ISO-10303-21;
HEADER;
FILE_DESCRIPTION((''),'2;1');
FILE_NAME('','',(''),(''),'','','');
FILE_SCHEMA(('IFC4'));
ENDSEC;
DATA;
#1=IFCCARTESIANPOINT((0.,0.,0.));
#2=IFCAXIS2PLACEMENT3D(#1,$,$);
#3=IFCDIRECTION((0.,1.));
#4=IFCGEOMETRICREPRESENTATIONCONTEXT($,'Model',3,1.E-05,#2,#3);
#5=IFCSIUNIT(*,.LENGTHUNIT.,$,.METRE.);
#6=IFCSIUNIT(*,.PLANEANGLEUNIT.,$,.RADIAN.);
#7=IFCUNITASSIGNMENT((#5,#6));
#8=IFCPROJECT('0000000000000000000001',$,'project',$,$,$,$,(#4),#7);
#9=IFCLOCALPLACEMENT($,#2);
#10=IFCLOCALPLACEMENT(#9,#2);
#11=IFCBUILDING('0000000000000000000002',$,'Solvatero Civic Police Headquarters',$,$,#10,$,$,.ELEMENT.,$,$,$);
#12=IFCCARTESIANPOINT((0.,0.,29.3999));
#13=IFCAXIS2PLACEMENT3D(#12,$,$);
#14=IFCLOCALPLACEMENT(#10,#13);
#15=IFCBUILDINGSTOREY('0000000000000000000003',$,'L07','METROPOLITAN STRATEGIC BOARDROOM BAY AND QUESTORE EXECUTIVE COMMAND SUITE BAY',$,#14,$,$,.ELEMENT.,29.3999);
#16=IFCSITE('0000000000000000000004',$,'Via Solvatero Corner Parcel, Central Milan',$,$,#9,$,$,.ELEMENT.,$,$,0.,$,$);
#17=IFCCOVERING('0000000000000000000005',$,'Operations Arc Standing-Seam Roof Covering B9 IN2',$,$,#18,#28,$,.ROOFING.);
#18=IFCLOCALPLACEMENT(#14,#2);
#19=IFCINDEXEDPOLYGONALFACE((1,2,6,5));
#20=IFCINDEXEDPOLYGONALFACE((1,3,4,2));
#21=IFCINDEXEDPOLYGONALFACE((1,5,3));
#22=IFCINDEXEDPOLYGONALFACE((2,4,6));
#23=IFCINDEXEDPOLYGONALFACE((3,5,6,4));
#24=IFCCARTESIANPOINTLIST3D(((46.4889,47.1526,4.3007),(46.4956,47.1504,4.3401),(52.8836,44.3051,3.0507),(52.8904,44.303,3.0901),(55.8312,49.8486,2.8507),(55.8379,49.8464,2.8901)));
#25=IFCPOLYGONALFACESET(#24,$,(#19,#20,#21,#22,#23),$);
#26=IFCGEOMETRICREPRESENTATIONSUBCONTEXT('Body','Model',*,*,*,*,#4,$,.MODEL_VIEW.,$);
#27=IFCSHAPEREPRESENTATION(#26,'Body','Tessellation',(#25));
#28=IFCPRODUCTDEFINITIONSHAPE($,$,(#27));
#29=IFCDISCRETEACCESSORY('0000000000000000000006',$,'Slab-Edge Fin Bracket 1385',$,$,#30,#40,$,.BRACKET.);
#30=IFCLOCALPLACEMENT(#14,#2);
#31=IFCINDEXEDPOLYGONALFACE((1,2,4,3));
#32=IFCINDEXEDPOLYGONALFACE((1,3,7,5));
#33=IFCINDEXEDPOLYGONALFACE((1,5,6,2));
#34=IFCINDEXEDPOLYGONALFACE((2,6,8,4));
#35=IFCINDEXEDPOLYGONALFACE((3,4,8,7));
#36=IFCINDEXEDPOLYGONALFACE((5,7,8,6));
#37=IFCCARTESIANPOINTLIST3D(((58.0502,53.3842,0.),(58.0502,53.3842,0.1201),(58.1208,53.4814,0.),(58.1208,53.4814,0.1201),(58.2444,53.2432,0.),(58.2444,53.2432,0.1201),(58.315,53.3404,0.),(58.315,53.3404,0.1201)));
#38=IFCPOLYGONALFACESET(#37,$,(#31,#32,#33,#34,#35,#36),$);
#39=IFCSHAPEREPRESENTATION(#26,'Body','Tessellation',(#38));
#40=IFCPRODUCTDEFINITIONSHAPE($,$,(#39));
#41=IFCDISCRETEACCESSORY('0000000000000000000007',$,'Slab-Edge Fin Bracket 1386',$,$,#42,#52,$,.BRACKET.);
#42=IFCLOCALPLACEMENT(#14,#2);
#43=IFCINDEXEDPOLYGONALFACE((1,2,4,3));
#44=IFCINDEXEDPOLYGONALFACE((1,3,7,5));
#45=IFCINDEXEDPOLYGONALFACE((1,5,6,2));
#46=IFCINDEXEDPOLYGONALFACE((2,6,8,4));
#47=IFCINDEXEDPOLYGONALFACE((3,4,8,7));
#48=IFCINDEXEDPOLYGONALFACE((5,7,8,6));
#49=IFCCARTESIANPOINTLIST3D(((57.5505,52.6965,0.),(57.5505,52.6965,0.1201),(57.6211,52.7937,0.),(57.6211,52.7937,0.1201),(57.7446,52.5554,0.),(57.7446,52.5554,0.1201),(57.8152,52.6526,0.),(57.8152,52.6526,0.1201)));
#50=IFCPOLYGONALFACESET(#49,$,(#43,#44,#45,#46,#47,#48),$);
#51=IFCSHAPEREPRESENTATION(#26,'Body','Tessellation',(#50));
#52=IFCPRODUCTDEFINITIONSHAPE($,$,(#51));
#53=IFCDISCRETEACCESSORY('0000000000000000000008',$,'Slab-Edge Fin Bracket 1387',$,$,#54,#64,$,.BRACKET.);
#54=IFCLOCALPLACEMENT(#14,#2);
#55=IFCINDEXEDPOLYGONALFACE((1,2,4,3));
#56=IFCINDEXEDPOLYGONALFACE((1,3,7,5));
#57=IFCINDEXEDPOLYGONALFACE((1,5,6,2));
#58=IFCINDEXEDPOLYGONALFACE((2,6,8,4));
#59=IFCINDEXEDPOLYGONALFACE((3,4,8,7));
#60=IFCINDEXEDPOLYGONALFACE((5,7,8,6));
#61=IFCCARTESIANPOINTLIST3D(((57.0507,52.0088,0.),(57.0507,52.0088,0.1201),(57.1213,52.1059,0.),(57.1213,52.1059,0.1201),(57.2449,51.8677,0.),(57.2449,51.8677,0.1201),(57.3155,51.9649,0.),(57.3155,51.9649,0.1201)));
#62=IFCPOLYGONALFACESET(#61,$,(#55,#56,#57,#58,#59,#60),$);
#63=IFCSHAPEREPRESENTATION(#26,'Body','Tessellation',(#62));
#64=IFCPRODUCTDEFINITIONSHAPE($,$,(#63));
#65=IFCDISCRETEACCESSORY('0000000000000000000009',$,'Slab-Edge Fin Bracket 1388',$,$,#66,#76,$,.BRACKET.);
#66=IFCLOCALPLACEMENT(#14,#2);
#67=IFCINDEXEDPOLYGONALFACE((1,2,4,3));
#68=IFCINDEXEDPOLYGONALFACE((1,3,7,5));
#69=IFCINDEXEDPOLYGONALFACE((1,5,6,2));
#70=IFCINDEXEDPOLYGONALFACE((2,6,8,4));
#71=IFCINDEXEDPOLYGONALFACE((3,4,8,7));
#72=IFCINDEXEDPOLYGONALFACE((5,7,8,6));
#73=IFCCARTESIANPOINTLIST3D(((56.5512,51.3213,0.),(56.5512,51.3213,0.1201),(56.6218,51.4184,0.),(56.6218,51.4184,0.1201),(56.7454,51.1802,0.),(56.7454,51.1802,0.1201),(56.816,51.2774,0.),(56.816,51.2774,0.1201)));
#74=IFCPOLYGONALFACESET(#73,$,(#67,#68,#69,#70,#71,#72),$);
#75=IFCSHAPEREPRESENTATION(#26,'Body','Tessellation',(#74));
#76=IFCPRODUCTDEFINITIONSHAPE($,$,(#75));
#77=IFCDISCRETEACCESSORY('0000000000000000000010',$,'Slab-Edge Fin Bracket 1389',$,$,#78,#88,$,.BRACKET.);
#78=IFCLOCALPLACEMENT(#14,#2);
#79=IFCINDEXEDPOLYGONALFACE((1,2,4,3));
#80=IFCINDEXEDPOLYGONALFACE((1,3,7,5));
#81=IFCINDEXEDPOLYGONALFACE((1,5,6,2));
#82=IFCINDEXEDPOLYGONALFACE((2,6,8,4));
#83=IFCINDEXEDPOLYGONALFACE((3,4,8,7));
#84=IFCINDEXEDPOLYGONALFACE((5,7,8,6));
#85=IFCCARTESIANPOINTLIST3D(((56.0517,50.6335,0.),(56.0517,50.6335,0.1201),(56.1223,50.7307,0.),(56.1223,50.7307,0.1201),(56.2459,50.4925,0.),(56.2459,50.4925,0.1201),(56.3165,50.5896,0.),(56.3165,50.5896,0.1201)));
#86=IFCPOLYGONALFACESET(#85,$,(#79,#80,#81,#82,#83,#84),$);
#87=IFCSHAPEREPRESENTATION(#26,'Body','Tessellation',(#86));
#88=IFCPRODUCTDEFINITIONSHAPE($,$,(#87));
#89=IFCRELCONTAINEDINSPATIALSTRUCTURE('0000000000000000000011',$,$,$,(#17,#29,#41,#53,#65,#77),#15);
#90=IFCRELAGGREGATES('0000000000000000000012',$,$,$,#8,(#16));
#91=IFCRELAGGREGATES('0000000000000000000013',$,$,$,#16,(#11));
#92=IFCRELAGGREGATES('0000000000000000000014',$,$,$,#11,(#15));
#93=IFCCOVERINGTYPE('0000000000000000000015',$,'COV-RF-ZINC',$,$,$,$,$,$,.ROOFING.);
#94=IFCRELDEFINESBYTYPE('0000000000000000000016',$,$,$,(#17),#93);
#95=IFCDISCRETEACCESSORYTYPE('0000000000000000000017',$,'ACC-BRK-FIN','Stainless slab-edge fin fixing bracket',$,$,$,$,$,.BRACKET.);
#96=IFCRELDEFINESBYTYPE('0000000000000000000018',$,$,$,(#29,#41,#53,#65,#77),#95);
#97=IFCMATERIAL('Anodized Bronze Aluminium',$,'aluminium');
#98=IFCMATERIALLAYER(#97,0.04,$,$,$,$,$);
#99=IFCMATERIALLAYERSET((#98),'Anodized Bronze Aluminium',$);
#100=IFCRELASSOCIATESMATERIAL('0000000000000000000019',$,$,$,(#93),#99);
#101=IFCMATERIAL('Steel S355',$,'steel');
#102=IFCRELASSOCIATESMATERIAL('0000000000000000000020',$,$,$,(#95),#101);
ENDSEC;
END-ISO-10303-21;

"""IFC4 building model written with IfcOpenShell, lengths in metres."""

from ifc_helpers import new_model, si_unit, direction, frame, origin, origin_2d, place, context, subcontext, project, spatial, polyline, rectangle, outline, extrude, material, layer, layer_set, type_object, element, save


model = new_model("IFC4")

# Units and contexts
model_context = context("Model", 3, precision=1e-05, world=origin(), true_north=direction((0.0, 1.0)))
body_context = subcontext(model_context, "Body", "Model", "MODEL_VIEW")
ifc_project = project(units=[si_unit("LENGTHUNIT", "METRE"), si_unit("PLANEANGLEUNIT", "RADIAN")], contexts=[model_context])

# Site, building, storey
site_placement = place(None, origin())
site = spatial("IfcSite", under=ifc_project, at=site_placement, Name="Via Solvatero Corner Parcel, Central Milan", CompositionType="ELEMENT", RefElevation=0.0)
building_placement = place(site_placement, origin())
building = spatial("IfcBuilding", under=site, at=building_placement, Name="Solvatero Civic Police Headquarters", CompositionType="ELEMENT")
storey_placement = place(building_placement, frame((0.0, 0.0, 29.3999)))
storey = spatial("IfcBuildingStorey", under=building, at=storey_placement, Name="L07", Description="METROPOLITAN STRATEGIC BOARDROOM BAY AND QUESTORE EXECUTIVE COMMAND SUITE BAY", CompositionType="ELEMENT", Elevation=29.3999)

# Shared definitions
ifc_material_1 = material(Name="Anodized Bronze Aluminium", Category="aluminium")

# Covering
ifc_layer_1 = layer(ifc_material_1, 0.04)
ifc_layer_set_1 = layer_set([ifc_layer_1], Name="Anodized Bronze Aluminium")
covering_type_1 = type_object("IfcCoveringType", Name="COV-RF-ZINC", PredefinedType="ROOFING", material=ifc_layer_set_1)
covering_1_placement = place(storey_placement, frame((55.8379, 49.8464, 2.8901), z_axis=(0.168344, -0.054009, 0.984248), x_axis=(-0.950285, -0.274238, 0.147487)))
element("IfcCovering", 1, at=covering_1_placement, inside=storey, type_object=covering_type_1, Name="Operations Arc Standing-Seam Roof Covering B9 IN2", PredefinedType="ROOFING", context=body_context, shape_type="SweptSolid", body=[
    extrude(outline(polyline([(0.0, 0.0), (9.831, 0.0), (4.3507, 4.5309), (0.0, 0.0)])), origin(), (0.0, 0.0, -1.0), 0.04),
])

# Discrete accessories
ifc_material_2 = material(Name="Steel S355", Category="steel")
discrete_accessory_type = type_object("IfcDiscreteAccessoryType", Name="ACC-BRK-FIN", Description="Stainless slab-edge fin fixing bracket", PredefinedType="BRACKET", material=ifc_material_2)
for number, where, z_axis, x_axis, name in (
    (2, (58.1826, 53.3623, 0.0), (0.0, 0.0, 1.0), (-0.587785, -0.809017, 0.0), "Slab-Edge Fin Bracket 1385"),
    (3, (57.6829, 52.6746, 0.0), (0.0, 0.0, 1.0), (-0.587785, -0.809017, 0.0), "Slab-Edge Fin Bracket 1386"),
    (4, (57.1831, 51.9868, 0.0), (0.0, 0.0, 1.0), (-0.587785, -0.809017, 0.0), "Slab-Edge Fin Bracket 1387"),
    (5, (56.6836, 51.2993, 0.0), (0.0, 0.0, 1.0), (-0.587785, -0.809017, 0.0), "Slab-Edge Fin Bracket 1388"),
    (6, (56.1841, 50.6116, 0.0), (0.0, 0.0, 1.0), (-0.587785, -0.809017, 0.0), "Slab-Edge Fin Bracket 1389"),
):
    element("IfcDiscreteAccessory", number, at=place(storey_placement, frame(where, z_axis=z_axis, x_axis=x_axis)), inside=storey, type_object=discrete_accessory_type, Name=name, PredefinedType="BRACKET", context=body_context, shape_type="SweptSolid", body=[
        extrude(rectangle(XDim=0.1201, YDim=0.24, at=origin_2d()), origin(), (0.0, 0.0, 1.0), 0.1201),
    ])

save(model, "model.ifc")
